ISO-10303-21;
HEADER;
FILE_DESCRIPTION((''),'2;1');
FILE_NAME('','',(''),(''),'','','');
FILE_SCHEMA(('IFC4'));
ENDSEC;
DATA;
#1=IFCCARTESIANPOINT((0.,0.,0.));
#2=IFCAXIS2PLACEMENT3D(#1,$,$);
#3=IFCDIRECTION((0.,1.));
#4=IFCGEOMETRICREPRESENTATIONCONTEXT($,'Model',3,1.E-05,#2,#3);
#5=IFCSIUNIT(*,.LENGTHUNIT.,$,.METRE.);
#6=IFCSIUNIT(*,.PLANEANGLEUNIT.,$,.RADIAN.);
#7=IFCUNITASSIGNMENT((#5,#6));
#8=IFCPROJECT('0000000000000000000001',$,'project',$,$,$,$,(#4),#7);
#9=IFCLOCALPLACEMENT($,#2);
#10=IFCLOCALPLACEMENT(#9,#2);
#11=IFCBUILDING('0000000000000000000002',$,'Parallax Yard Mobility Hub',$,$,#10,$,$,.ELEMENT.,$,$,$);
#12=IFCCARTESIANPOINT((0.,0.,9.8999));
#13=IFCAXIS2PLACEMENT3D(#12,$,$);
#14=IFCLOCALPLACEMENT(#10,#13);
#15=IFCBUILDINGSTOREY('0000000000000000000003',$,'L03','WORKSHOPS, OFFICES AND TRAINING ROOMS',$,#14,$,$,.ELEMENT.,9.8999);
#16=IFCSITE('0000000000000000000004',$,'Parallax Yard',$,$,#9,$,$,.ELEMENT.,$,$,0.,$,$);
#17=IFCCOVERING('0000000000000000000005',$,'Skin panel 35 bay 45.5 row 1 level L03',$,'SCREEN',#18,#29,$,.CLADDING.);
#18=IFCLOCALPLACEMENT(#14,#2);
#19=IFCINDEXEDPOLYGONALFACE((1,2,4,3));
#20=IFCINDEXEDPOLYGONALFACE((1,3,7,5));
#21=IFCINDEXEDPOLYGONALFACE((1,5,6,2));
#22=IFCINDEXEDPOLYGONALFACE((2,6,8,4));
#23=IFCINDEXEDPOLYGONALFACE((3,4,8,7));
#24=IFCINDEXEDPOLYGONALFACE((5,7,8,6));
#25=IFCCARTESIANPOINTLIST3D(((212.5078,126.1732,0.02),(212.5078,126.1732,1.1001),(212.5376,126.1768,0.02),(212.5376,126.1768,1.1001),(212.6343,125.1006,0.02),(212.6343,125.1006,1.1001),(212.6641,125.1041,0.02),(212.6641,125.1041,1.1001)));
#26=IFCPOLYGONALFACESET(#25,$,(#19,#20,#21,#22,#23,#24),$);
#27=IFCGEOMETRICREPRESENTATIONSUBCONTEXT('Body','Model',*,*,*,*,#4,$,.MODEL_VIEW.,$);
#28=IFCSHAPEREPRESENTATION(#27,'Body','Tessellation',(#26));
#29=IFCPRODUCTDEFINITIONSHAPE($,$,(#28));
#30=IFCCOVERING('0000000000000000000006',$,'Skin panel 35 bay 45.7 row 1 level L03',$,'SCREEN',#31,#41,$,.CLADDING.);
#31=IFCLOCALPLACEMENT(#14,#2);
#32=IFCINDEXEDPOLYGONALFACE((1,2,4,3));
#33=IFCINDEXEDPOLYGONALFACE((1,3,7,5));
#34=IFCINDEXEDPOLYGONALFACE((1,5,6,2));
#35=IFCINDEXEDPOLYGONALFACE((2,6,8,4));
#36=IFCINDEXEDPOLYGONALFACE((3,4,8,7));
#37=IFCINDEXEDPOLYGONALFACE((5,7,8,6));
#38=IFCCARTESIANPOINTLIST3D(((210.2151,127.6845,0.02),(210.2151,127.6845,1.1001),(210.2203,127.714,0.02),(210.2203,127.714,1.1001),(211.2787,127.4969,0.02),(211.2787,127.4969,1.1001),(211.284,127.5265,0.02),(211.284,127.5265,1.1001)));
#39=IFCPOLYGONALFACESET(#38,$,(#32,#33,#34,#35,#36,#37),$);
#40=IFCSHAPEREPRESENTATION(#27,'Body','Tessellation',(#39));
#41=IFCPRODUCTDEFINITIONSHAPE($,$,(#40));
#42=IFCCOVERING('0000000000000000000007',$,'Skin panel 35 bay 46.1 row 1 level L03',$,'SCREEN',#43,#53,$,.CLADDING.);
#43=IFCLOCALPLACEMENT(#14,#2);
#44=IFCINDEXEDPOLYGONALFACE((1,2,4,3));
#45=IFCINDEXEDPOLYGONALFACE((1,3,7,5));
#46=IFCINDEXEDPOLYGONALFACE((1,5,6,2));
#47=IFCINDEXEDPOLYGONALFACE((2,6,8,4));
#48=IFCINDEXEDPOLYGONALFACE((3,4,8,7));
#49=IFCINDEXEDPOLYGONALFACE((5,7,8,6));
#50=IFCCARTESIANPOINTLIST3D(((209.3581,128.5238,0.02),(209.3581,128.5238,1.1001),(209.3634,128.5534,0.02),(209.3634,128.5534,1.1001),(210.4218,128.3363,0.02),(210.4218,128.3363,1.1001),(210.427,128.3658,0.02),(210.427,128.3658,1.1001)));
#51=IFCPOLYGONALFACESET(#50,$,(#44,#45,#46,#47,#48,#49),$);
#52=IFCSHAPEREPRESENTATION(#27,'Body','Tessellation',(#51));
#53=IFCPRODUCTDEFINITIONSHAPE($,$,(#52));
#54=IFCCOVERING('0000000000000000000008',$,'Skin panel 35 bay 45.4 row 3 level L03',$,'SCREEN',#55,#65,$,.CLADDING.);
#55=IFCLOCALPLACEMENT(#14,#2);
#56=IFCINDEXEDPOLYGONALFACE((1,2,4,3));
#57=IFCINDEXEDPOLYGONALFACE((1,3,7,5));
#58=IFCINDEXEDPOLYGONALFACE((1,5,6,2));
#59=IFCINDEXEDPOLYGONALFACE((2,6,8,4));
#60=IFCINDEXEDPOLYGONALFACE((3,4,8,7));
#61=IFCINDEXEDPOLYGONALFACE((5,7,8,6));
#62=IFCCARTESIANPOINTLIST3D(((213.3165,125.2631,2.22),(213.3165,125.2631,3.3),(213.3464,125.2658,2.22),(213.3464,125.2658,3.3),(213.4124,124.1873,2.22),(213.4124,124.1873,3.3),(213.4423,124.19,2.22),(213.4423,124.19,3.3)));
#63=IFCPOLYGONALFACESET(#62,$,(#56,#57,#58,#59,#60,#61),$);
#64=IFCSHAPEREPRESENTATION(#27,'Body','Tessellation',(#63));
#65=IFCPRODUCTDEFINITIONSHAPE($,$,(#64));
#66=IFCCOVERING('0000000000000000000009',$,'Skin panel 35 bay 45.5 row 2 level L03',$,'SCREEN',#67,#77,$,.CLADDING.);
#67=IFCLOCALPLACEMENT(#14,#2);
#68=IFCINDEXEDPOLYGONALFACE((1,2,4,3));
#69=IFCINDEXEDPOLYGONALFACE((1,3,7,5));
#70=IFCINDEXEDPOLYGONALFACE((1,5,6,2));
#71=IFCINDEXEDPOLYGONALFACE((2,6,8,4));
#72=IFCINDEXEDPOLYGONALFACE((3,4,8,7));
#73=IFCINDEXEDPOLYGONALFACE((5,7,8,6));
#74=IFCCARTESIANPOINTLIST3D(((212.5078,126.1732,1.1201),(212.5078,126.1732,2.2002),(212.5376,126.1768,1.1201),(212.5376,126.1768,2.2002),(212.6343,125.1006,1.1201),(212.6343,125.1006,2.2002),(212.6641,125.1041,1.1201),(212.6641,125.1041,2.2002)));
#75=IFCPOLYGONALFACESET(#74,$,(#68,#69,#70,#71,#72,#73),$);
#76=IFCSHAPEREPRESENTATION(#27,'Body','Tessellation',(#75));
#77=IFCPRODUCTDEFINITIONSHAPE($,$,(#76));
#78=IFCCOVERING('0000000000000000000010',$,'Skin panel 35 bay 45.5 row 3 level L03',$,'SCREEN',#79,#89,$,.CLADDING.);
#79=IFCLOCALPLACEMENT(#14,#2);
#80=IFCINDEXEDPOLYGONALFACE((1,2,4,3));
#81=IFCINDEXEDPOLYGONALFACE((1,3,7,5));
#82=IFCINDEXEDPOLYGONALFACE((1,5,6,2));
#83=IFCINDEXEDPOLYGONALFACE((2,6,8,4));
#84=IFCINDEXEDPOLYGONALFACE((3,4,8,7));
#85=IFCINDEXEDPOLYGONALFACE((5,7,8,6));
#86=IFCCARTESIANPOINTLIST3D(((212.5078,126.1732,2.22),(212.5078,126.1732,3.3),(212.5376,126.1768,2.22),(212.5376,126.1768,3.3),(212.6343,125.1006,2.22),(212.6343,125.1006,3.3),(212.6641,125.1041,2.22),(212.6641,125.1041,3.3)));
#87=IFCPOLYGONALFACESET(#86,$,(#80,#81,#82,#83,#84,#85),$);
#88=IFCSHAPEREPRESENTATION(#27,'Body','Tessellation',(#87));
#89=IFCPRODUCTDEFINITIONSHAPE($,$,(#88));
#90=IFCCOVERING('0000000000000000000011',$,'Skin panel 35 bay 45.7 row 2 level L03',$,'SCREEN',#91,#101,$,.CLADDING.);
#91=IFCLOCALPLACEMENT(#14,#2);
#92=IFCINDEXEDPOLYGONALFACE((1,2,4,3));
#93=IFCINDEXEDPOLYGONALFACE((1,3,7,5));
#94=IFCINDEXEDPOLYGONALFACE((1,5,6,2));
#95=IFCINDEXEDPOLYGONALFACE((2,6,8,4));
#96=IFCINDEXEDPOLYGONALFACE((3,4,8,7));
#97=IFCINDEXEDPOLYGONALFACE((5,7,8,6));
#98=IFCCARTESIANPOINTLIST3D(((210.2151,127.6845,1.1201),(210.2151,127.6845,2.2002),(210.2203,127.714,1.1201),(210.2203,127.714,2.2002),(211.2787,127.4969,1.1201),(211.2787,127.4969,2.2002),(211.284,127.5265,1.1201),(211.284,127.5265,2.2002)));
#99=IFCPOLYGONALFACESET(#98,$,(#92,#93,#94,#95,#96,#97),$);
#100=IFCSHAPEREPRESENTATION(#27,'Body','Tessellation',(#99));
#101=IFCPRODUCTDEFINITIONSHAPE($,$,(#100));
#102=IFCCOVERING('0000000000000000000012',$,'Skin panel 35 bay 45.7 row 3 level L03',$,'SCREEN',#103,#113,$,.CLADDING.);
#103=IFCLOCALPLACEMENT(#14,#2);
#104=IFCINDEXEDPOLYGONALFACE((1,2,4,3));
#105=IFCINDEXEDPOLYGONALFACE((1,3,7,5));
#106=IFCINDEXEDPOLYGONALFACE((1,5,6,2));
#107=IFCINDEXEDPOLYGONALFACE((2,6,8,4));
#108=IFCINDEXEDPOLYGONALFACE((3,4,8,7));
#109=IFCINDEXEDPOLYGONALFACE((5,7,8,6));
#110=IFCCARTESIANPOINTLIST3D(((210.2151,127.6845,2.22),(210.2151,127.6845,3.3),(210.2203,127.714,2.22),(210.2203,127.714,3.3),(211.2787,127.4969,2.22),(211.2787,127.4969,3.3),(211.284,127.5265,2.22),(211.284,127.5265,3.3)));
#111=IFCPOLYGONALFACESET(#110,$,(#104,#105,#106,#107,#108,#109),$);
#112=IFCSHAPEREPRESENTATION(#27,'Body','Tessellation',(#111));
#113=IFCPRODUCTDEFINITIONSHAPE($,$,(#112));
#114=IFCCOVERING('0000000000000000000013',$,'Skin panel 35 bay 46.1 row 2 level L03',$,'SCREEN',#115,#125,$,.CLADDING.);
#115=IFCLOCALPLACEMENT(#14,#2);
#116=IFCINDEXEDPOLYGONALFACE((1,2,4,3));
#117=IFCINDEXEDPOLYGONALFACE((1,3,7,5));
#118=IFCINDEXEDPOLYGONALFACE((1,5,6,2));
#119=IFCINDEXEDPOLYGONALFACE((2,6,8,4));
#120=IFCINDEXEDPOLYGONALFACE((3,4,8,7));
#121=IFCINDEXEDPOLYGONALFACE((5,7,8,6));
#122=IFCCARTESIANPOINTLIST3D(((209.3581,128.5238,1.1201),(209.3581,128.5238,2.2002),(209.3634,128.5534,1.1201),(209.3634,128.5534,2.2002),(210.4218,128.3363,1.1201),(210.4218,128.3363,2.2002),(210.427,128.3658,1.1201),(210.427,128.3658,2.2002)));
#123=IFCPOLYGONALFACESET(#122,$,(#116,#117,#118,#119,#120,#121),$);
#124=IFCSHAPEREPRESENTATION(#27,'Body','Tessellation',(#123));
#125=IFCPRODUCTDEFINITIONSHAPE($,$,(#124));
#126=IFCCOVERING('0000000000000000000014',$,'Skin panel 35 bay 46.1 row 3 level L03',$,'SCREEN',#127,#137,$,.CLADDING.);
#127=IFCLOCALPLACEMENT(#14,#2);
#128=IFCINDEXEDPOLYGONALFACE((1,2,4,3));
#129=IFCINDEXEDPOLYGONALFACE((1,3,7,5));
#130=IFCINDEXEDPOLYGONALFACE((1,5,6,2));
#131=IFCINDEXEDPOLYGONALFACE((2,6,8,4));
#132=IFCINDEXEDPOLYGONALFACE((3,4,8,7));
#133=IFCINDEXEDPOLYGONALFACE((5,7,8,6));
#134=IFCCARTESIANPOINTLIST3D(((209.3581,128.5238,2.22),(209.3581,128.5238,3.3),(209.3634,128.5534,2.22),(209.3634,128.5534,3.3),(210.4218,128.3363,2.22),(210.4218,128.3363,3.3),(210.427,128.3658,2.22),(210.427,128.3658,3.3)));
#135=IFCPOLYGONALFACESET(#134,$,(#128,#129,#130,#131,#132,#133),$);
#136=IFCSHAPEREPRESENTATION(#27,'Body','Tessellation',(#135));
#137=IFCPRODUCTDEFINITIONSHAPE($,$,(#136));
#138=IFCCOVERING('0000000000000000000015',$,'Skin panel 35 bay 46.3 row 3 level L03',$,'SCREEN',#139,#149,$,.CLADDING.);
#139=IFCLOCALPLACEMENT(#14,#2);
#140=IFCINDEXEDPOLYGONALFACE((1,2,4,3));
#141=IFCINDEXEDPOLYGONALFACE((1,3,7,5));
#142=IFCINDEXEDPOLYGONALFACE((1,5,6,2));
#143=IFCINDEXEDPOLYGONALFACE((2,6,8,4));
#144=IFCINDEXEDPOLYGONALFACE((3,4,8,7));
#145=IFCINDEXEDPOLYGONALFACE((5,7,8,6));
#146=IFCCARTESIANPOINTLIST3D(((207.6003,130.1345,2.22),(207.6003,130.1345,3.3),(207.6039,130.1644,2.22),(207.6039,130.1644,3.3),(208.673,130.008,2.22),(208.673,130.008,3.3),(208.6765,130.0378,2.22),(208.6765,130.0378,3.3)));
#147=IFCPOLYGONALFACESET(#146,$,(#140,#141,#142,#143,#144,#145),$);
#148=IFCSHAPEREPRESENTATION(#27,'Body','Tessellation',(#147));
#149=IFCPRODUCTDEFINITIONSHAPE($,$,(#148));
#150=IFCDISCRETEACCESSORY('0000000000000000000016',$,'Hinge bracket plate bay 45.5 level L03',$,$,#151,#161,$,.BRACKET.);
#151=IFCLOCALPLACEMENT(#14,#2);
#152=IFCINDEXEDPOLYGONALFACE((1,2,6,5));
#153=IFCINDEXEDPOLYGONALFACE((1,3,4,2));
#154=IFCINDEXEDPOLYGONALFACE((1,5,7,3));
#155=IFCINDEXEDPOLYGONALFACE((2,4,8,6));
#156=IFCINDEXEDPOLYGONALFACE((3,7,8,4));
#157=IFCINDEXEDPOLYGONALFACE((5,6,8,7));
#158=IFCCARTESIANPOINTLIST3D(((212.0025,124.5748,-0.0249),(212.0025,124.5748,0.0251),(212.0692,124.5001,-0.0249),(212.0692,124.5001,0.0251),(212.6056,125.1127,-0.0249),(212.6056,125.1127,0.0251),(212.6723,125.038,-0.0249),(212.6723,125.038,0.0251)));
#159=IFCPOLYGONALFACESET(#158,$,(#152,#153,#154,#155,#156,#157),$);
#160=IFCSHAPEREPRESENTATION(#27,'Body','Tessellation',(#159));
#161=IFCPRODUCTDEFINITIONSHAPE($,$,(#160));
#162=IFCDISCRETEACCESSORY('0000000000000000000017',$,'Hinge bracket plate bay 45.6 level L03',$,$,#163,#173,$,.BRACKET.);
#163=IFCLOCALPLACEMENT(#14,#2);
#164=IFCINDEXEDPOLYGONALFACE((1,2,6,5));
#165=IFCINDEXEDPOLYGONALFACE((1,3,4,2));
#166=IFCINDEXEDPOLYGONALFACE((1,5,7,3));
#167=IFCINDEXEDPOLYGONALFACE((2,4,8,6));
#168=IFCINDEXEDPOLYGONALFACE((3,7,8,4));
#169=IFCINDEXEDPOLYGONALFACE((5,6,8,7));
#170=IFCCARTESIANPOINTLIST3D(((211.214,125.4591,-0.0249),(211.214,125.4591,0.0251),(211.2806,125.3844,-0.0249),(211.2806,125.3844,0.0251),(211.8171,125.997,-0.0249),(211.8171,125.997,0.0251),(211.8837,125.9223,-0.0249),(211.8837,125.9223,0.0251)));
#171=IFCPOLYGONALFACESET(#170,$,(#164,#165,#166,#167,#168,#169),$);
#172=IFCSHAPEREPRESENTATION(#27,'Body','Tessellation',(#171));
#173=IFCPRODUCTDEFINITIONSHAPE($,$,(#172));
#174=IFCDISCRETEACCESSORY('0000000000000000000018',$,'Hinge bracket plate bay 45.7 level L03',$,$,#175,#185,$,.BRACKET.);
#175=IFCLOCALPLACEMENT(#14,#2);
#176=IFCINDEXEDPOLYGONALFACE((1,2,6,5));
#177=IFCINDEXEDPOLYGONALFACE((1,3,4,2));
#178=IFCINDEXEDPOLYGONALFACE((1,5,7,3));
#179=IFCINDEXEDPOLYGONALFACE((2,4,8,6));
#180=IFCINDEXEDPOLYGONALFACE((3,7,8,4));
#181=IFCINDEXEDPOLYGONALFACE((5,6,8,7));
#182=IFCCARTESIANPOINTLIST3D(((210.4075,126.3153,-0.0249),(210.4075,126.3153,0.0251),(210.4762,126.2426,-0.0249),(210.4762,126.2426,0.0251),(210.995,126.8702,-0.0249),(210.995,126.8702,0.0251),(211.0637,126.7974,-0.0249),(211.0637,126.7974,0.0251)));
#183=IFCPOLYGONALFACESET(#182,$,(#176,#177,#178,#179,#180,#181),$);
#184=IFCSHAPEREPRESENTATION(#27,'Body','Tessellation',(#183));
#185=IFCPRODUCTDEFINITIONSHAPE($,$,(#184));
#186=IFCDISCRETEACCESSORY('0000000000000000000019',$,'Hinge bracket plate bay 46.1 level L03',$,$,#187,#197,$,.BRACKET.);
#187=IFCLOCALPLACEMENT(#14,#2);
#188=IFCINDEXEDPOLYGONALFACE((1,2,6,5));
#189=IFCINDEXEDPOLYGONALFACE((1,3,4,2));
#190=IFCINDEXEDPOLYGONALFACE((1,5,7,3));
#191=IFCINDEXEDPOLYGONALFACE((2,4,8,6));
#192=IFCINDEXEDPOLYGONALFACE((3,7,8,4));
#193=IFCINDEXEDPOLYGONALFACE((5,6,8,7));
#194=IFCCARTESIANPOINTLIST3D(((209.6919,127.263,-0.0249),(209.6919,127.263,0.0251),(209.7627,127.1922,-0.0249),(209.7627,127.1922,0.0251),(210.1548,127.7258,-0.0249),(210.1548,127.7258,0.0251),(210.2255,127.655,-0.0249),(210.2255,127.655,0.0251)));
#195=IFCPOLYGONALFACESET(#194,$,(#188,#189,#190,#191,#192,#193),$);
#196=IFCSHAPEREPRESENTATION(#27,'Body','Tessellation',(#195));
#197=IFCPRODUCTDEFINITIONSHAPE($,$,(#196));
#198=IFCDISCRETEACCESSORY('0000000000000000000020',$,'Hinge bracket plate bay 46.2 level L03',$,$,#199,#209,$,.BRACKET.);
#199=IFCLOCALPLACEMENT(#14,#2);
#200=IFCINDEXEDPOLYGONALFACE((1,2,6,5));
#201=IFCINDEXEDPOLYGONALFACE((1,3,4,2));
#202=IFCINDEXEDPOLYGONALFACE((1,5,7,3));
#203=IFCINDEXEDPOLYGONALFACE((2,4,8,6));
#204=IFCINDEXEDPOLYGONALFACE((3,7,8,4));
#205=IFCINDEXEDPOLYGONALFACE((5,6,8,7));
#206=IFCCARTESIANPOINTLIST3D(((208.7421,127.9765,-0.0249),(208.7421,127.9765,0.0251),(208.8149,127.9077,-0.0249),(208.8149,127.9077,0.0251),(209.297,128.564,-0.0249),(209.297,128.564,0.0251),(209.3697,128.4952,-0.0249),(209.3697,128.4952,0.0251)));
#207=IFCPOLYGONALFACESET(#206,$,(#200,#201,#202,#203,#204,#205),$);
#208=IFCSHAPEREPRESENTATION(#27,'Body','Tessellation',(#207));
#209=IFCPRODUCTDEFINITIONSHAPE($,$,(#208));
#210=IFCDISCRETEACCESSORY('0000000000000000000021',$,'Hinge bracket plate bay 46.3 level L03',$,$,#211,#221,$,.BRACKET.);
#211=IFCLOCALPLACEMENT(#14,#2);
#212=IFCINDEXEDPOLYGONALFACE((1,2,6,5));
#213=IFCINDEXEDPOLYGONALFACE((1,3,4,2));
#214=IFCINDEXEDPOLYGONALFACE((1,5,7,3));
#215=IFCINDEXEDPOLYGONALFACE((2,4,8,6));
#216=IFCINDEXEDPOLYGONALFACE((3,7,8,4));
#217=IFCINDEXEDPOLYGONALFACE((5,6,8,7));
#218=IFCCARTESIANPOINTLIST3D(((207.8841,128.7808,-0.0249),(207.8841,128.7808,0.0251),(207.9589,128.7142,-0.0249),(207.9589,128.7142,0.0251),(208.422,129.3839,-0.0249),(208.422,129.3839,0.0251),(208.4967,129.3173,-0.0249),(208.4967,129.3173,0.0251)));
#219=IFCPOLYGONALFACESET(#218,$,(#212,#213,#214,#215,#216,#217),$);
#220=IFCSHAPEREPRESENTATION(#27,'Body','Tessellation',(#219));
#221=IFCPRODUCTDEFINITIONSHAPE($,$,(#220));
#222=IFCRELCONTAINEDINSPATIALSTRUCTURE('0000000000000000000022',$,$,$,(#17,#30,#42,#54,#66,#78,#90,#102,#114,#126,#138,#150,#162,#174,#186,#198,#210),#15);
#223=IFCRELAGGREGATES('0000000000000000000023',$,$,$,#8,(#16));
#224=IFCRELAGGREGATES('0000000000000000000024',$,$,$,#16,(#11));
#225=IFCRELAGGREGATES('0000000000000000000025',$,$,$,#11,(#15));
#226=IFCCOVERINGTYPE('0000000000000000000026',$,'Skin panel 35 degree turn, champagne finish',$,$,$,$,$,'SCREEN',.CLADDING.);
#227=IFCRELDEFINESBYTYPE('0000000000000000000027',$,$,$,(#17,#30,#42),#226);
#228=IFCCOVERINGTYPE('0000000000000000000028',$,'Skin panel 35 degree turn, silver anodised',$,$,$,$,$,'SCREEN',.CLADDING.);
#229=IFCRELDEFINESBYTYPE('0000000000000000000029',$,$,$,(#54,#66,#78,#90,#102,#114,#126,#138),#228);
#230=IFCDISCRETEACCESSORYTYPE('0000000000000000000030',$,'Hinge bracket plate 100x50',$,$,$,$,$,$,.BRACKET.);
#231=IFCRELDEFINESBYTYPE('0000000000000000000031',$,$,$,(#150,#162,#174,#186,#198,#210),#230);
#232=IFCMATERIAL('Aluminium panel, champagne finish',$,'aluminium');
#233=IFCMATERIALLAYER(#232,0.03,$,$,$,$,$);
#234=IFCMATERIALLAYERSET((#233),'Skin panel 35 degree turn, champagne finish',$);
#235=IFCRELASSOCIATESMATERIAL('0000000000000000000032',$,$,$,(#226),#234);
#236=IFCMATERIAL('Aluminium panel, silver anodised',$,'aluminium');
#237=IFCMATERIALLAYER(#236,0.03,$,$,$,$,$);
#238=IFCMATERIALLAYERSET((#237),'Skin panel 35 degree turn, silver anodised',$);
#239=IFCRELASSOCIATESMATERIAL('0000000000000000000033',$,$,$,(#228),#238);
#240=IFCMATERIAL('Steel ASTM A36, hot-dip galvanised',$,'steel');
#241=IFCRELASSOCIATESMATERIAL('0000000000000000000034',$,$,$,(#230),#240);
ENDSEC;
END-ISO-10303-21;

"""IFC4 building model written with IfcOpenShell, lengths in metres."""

from ifc_helpers import new_model, si_unit, direction, frame, origin, origin_2d, place, context, subcontext, project, spatial, rectangle, extrude, material, layer, layer_set, type_object, element, save


model = new_model("IFC4")

# Units and contexts
model_context = context("Model", 3, precision=1e-05, world=origin(), true_north=direction((0.0, 1.0)))
body_context = subcontext(model_context, "Body", "Model", "MODEL_VIEW")
ifc_project = project(units=[si_unit("LENGTHUNIT", "METRE"), si_unit("PLANEANGLEUNIT", "RADIAN")], contexts=[model_context])

# Site, building, storey
site_placement = place(None, origin())
site = spatial("IfcSite", under=ifc_project, at=site_placement, Name="Parallax Yard", CompositionType="ELEMENT", RefElevation=0.0)
building_placement = place(site_placement, origin())
building = spatial("IfcBuilding", under=site, at=building_placement, Name="Parallax Yard Mobility Hub", CompositionType="ELEMENT")
storey_placement = place(building_placement, frame((0.0, 0.0, 9.8999)))
storey = spatial("IfcBuildingStorey", under=building, at=storey_placement, Name="L03", Description="WORKSHOPS, OFFICES AND TRAINING ROOMS", CompositionType="ELEMENT", Elevation=9.8999)

# Coverings
ifc_material_1 = material(Name="Aluminium panel, champagne finish", Category="aluminium")
ifc_material_2 = material(Name="Aluminium panel, silver anodised", Category="aluminium")
ifc_layer_1 = layer(ifc_material_1, 0.03)
ifc_layer_set_1 = layer_set([ifc_layer_1], Name="Skin panel 35 degree turn, champagne finish")
covering_type_1 = type_object("IfcCoveringType", Name="Skin panel 35 degree turn, champagne finish", ElementType="SCREEN", PredefinedType="CLADDING", material=ifc_layer_set_1)
for number, where, z_axis, x_axis, name in (
    (1, (212.5859, 125.6387, 0.02), (0.0, 0.0, 1.0), (-0.117144, 0.993115, 0.0), "Skin panel 35 bay 45.5 row 1 level L03"),
    (2, (210.7495, 127.6055, 0.02), (0.0, 0.0, 1.0), (0.984808, -0.173648, 0.0), "Skin panel 35 bay 45.7 row 1 level L03"),
    (3, (209.8926, 128.4448, 0.02), (0.0, 0.0, 1.0), (0.984808, -0.173648, 0.0), "Skin panel 35 bay 46.1 row 1 level L03"),
):
    element("IfcCovering", number, at=place(storey_placement, frame(where, z_axis=z_axis, x_axis=x_axis)), inside=storey, type_object=covering_type_1, Name=name, ObjectType="SCREEN", PredefinedType="CLADDING", context=body_context, shape_type="SweptSolid", body=[
        extrude(rectangle(XDim=1.0801, YDim=0.03, at=origin_2d()), origin(), (0.0, 0.0, 1.0), 1.0801),
    ])
ifc_layer_2 = layer(ifc_material_2, 0.03)
ifc_layer_set_2 = layer_set([ifc_layer_2], Name="Skin panel 35 degree turn, silver anodised")
covering_type_2 = type_object("IfcCoveringType", Name="Skin panel 35 degree turn, silver anodised", ElementType="SCREEN", PredefinedType="CLADDING", material=ifc_layer_set_2)
for number, where, z_axis, x_axis, name in (
    (4, (213.3794, 124.7266, 2.22), (0.0, 0.0, 1.0), (-0.088736, 0.996055, 0.0), "Skin panel 35 bay 45.4 row 3 level L03"),
    (5, (212.5859, 125.6387, 1.1201), (0.0, 0.0, 1.0), (-0.117144, 0.993115, 0.0), "Skin panel 35 bay 45.5 row 2 level L03"),
    (6, (212.5859, 125.6387, 2.22), (0.0, 0.0, 1.0), (-0.117144, 0.993115, 0.0), "Skin panel 35 bay 45.5 row 3 level L03"),
    (7, (210.7495, 127.6055, 1.1201), (0.0, 0.0, 1.0), (0.984808, -0.173648, 0.0), "Skin panel 35 bay 45.7 row 2 level L03"),
    (8, (210.7495, 127.6055, 2.22), (0.0, 0.0, 1.0), (0.984808, -0.173648, 0.0), "Skin panel 35 bay 45.7 row 3 level L03"),
    (9, (209.8926, 128.4448, 1.1201), (0.0, 0.0, 1.0), (0.984808, -0.173648, 0.0), "Skin panel 35 bay 46.1 row 2 level L03"),
    (10, (209.8926, 128.4448, 2.22), (0.0, 0.0, 1.0), (0.984808, -0.173648, 0.0), "Skin panel 35 bay 46.1 row 3 level L03"),
    (11, (208.1384, 130.0862, 2.22), (0.0, 0.0, 1.0), (0.993115, -0.117144, 0.0), "Skin panel 35 bay 46.3 row 3 level L03"),
):
    element("IfcCovering", number, at=place(storey_placement, frame(where, z_axis=z_axis, x_axis=x_axis)), inside=storey, type_object=covering_type_2, Name=name, ObjectType="SCREEN", PredefinedType="CLADDING", context=body_context, shape_type="SweptSolid", body=[
        extrude(rectangle(XDim=1.0801, YDim=0.03, at=origin_2d()), origin(), (0.0, 0.0, 1.0), 1.0801),
    ])

# Discrete accessories
ifc_material_3 = material(Name="Steel ASTM A36, hot-dip galvanised", Category="steel")
discrete_accessory_type_1 = type_object("IfcDiscreteAccessoryType", Name="Hinge bracket plate 100x50", PredefinedType="BRACKET", material=ifc_material_3)
for number, where, z_axis, x_axis, name in (
    (12, (212.3374, 124.8064, -0.0249), (0.0, 0.0, 1.0), (0.746321, 0.665586, 0.0), "Hinge bracket plate bay 45.5 level L03"),
    (13, (211.5488, 125.6907, -0.0249), (0.0, 0.0, 1.0), (0.746321, 0.665586, 0.0), "Hinge bracket plate bay 45.6 level L03"),
    (14, (210.7356, 126.5564, -0.0249), (0.0, 0.0, 1.0), (0.727011, 0.686626, 0.0), "Hinge bracket plate bay 45.7 level L03"),
):
    element("IfcDiscreteAccessory", number, at=place(storey_placement, frame(where, z_axis=z_axis, x_axis=x_axis)), inside=storey, type_object=discrete_accessory_type_1, Name=name, PredefinedType="BRACKET", context=body_context, shape_type="SweptSolid", body=[
        extrude(rectangle(XDim=0.8081, YDim=0.1001, at=origin_2d()), origin(), (0.0, 0.0, 1.0), 0.05),
    ])
discrete_accessory_placement = place(storey_placement, frame((209.9587, 127.459, -0.0249), z_axis=(0.0, 0.0, 1.0), x_axis=(0.707107, 0.707107, 0.0)))
element("IfcDiscreteAccessory", 15, at=discrete_accessory_placement, inside=storey, type_object=discrete_accessory_type_1, Name="Hinge bracket plate bay 46.1 level L03", PredefinedType="BRACKET", context=body_context, shape_type="SweptSolid", body=[
    extrude(rectangle(XDim=0.6545, YDim=0.1001, at=origin_2d()), origin(), (0.0, 0.0, 1.0), 0.05),
])
for number, where, z_axis, x_axis, name in (
    (16, (209.0559, 128.2358, -0.0249), (0.0, 0.0, 1.0), (0.686626, 0.727011, 0.0), "Hinge bracket plate bay 46.2 level L03"),
    (17, (208.1904, 129.0491, -0.0249), (0.0, 0.0, 1.0), (0.665586, 0.746321, 0.0), "Hinge bracket plate bay 46.3 level L03"),
):
    element("IfcDiscreteAccessory", number, at=place(storey_placement, frame(where, z_axis=z_axis, x_axis=x_axis)), inside=storey, type_object=discrete_accessory_type_1, Name=name, PredefinedType="BRACKET", context=body_context, shape_type="SweptSolid", body=[
        extrude(rectangle(XDim=0.8081, YDim=0.1001, at=origin_2d()), origin(), (0.0, 0.0, 1.0), 0.05),
    ])

save(model, "model.ifc")
